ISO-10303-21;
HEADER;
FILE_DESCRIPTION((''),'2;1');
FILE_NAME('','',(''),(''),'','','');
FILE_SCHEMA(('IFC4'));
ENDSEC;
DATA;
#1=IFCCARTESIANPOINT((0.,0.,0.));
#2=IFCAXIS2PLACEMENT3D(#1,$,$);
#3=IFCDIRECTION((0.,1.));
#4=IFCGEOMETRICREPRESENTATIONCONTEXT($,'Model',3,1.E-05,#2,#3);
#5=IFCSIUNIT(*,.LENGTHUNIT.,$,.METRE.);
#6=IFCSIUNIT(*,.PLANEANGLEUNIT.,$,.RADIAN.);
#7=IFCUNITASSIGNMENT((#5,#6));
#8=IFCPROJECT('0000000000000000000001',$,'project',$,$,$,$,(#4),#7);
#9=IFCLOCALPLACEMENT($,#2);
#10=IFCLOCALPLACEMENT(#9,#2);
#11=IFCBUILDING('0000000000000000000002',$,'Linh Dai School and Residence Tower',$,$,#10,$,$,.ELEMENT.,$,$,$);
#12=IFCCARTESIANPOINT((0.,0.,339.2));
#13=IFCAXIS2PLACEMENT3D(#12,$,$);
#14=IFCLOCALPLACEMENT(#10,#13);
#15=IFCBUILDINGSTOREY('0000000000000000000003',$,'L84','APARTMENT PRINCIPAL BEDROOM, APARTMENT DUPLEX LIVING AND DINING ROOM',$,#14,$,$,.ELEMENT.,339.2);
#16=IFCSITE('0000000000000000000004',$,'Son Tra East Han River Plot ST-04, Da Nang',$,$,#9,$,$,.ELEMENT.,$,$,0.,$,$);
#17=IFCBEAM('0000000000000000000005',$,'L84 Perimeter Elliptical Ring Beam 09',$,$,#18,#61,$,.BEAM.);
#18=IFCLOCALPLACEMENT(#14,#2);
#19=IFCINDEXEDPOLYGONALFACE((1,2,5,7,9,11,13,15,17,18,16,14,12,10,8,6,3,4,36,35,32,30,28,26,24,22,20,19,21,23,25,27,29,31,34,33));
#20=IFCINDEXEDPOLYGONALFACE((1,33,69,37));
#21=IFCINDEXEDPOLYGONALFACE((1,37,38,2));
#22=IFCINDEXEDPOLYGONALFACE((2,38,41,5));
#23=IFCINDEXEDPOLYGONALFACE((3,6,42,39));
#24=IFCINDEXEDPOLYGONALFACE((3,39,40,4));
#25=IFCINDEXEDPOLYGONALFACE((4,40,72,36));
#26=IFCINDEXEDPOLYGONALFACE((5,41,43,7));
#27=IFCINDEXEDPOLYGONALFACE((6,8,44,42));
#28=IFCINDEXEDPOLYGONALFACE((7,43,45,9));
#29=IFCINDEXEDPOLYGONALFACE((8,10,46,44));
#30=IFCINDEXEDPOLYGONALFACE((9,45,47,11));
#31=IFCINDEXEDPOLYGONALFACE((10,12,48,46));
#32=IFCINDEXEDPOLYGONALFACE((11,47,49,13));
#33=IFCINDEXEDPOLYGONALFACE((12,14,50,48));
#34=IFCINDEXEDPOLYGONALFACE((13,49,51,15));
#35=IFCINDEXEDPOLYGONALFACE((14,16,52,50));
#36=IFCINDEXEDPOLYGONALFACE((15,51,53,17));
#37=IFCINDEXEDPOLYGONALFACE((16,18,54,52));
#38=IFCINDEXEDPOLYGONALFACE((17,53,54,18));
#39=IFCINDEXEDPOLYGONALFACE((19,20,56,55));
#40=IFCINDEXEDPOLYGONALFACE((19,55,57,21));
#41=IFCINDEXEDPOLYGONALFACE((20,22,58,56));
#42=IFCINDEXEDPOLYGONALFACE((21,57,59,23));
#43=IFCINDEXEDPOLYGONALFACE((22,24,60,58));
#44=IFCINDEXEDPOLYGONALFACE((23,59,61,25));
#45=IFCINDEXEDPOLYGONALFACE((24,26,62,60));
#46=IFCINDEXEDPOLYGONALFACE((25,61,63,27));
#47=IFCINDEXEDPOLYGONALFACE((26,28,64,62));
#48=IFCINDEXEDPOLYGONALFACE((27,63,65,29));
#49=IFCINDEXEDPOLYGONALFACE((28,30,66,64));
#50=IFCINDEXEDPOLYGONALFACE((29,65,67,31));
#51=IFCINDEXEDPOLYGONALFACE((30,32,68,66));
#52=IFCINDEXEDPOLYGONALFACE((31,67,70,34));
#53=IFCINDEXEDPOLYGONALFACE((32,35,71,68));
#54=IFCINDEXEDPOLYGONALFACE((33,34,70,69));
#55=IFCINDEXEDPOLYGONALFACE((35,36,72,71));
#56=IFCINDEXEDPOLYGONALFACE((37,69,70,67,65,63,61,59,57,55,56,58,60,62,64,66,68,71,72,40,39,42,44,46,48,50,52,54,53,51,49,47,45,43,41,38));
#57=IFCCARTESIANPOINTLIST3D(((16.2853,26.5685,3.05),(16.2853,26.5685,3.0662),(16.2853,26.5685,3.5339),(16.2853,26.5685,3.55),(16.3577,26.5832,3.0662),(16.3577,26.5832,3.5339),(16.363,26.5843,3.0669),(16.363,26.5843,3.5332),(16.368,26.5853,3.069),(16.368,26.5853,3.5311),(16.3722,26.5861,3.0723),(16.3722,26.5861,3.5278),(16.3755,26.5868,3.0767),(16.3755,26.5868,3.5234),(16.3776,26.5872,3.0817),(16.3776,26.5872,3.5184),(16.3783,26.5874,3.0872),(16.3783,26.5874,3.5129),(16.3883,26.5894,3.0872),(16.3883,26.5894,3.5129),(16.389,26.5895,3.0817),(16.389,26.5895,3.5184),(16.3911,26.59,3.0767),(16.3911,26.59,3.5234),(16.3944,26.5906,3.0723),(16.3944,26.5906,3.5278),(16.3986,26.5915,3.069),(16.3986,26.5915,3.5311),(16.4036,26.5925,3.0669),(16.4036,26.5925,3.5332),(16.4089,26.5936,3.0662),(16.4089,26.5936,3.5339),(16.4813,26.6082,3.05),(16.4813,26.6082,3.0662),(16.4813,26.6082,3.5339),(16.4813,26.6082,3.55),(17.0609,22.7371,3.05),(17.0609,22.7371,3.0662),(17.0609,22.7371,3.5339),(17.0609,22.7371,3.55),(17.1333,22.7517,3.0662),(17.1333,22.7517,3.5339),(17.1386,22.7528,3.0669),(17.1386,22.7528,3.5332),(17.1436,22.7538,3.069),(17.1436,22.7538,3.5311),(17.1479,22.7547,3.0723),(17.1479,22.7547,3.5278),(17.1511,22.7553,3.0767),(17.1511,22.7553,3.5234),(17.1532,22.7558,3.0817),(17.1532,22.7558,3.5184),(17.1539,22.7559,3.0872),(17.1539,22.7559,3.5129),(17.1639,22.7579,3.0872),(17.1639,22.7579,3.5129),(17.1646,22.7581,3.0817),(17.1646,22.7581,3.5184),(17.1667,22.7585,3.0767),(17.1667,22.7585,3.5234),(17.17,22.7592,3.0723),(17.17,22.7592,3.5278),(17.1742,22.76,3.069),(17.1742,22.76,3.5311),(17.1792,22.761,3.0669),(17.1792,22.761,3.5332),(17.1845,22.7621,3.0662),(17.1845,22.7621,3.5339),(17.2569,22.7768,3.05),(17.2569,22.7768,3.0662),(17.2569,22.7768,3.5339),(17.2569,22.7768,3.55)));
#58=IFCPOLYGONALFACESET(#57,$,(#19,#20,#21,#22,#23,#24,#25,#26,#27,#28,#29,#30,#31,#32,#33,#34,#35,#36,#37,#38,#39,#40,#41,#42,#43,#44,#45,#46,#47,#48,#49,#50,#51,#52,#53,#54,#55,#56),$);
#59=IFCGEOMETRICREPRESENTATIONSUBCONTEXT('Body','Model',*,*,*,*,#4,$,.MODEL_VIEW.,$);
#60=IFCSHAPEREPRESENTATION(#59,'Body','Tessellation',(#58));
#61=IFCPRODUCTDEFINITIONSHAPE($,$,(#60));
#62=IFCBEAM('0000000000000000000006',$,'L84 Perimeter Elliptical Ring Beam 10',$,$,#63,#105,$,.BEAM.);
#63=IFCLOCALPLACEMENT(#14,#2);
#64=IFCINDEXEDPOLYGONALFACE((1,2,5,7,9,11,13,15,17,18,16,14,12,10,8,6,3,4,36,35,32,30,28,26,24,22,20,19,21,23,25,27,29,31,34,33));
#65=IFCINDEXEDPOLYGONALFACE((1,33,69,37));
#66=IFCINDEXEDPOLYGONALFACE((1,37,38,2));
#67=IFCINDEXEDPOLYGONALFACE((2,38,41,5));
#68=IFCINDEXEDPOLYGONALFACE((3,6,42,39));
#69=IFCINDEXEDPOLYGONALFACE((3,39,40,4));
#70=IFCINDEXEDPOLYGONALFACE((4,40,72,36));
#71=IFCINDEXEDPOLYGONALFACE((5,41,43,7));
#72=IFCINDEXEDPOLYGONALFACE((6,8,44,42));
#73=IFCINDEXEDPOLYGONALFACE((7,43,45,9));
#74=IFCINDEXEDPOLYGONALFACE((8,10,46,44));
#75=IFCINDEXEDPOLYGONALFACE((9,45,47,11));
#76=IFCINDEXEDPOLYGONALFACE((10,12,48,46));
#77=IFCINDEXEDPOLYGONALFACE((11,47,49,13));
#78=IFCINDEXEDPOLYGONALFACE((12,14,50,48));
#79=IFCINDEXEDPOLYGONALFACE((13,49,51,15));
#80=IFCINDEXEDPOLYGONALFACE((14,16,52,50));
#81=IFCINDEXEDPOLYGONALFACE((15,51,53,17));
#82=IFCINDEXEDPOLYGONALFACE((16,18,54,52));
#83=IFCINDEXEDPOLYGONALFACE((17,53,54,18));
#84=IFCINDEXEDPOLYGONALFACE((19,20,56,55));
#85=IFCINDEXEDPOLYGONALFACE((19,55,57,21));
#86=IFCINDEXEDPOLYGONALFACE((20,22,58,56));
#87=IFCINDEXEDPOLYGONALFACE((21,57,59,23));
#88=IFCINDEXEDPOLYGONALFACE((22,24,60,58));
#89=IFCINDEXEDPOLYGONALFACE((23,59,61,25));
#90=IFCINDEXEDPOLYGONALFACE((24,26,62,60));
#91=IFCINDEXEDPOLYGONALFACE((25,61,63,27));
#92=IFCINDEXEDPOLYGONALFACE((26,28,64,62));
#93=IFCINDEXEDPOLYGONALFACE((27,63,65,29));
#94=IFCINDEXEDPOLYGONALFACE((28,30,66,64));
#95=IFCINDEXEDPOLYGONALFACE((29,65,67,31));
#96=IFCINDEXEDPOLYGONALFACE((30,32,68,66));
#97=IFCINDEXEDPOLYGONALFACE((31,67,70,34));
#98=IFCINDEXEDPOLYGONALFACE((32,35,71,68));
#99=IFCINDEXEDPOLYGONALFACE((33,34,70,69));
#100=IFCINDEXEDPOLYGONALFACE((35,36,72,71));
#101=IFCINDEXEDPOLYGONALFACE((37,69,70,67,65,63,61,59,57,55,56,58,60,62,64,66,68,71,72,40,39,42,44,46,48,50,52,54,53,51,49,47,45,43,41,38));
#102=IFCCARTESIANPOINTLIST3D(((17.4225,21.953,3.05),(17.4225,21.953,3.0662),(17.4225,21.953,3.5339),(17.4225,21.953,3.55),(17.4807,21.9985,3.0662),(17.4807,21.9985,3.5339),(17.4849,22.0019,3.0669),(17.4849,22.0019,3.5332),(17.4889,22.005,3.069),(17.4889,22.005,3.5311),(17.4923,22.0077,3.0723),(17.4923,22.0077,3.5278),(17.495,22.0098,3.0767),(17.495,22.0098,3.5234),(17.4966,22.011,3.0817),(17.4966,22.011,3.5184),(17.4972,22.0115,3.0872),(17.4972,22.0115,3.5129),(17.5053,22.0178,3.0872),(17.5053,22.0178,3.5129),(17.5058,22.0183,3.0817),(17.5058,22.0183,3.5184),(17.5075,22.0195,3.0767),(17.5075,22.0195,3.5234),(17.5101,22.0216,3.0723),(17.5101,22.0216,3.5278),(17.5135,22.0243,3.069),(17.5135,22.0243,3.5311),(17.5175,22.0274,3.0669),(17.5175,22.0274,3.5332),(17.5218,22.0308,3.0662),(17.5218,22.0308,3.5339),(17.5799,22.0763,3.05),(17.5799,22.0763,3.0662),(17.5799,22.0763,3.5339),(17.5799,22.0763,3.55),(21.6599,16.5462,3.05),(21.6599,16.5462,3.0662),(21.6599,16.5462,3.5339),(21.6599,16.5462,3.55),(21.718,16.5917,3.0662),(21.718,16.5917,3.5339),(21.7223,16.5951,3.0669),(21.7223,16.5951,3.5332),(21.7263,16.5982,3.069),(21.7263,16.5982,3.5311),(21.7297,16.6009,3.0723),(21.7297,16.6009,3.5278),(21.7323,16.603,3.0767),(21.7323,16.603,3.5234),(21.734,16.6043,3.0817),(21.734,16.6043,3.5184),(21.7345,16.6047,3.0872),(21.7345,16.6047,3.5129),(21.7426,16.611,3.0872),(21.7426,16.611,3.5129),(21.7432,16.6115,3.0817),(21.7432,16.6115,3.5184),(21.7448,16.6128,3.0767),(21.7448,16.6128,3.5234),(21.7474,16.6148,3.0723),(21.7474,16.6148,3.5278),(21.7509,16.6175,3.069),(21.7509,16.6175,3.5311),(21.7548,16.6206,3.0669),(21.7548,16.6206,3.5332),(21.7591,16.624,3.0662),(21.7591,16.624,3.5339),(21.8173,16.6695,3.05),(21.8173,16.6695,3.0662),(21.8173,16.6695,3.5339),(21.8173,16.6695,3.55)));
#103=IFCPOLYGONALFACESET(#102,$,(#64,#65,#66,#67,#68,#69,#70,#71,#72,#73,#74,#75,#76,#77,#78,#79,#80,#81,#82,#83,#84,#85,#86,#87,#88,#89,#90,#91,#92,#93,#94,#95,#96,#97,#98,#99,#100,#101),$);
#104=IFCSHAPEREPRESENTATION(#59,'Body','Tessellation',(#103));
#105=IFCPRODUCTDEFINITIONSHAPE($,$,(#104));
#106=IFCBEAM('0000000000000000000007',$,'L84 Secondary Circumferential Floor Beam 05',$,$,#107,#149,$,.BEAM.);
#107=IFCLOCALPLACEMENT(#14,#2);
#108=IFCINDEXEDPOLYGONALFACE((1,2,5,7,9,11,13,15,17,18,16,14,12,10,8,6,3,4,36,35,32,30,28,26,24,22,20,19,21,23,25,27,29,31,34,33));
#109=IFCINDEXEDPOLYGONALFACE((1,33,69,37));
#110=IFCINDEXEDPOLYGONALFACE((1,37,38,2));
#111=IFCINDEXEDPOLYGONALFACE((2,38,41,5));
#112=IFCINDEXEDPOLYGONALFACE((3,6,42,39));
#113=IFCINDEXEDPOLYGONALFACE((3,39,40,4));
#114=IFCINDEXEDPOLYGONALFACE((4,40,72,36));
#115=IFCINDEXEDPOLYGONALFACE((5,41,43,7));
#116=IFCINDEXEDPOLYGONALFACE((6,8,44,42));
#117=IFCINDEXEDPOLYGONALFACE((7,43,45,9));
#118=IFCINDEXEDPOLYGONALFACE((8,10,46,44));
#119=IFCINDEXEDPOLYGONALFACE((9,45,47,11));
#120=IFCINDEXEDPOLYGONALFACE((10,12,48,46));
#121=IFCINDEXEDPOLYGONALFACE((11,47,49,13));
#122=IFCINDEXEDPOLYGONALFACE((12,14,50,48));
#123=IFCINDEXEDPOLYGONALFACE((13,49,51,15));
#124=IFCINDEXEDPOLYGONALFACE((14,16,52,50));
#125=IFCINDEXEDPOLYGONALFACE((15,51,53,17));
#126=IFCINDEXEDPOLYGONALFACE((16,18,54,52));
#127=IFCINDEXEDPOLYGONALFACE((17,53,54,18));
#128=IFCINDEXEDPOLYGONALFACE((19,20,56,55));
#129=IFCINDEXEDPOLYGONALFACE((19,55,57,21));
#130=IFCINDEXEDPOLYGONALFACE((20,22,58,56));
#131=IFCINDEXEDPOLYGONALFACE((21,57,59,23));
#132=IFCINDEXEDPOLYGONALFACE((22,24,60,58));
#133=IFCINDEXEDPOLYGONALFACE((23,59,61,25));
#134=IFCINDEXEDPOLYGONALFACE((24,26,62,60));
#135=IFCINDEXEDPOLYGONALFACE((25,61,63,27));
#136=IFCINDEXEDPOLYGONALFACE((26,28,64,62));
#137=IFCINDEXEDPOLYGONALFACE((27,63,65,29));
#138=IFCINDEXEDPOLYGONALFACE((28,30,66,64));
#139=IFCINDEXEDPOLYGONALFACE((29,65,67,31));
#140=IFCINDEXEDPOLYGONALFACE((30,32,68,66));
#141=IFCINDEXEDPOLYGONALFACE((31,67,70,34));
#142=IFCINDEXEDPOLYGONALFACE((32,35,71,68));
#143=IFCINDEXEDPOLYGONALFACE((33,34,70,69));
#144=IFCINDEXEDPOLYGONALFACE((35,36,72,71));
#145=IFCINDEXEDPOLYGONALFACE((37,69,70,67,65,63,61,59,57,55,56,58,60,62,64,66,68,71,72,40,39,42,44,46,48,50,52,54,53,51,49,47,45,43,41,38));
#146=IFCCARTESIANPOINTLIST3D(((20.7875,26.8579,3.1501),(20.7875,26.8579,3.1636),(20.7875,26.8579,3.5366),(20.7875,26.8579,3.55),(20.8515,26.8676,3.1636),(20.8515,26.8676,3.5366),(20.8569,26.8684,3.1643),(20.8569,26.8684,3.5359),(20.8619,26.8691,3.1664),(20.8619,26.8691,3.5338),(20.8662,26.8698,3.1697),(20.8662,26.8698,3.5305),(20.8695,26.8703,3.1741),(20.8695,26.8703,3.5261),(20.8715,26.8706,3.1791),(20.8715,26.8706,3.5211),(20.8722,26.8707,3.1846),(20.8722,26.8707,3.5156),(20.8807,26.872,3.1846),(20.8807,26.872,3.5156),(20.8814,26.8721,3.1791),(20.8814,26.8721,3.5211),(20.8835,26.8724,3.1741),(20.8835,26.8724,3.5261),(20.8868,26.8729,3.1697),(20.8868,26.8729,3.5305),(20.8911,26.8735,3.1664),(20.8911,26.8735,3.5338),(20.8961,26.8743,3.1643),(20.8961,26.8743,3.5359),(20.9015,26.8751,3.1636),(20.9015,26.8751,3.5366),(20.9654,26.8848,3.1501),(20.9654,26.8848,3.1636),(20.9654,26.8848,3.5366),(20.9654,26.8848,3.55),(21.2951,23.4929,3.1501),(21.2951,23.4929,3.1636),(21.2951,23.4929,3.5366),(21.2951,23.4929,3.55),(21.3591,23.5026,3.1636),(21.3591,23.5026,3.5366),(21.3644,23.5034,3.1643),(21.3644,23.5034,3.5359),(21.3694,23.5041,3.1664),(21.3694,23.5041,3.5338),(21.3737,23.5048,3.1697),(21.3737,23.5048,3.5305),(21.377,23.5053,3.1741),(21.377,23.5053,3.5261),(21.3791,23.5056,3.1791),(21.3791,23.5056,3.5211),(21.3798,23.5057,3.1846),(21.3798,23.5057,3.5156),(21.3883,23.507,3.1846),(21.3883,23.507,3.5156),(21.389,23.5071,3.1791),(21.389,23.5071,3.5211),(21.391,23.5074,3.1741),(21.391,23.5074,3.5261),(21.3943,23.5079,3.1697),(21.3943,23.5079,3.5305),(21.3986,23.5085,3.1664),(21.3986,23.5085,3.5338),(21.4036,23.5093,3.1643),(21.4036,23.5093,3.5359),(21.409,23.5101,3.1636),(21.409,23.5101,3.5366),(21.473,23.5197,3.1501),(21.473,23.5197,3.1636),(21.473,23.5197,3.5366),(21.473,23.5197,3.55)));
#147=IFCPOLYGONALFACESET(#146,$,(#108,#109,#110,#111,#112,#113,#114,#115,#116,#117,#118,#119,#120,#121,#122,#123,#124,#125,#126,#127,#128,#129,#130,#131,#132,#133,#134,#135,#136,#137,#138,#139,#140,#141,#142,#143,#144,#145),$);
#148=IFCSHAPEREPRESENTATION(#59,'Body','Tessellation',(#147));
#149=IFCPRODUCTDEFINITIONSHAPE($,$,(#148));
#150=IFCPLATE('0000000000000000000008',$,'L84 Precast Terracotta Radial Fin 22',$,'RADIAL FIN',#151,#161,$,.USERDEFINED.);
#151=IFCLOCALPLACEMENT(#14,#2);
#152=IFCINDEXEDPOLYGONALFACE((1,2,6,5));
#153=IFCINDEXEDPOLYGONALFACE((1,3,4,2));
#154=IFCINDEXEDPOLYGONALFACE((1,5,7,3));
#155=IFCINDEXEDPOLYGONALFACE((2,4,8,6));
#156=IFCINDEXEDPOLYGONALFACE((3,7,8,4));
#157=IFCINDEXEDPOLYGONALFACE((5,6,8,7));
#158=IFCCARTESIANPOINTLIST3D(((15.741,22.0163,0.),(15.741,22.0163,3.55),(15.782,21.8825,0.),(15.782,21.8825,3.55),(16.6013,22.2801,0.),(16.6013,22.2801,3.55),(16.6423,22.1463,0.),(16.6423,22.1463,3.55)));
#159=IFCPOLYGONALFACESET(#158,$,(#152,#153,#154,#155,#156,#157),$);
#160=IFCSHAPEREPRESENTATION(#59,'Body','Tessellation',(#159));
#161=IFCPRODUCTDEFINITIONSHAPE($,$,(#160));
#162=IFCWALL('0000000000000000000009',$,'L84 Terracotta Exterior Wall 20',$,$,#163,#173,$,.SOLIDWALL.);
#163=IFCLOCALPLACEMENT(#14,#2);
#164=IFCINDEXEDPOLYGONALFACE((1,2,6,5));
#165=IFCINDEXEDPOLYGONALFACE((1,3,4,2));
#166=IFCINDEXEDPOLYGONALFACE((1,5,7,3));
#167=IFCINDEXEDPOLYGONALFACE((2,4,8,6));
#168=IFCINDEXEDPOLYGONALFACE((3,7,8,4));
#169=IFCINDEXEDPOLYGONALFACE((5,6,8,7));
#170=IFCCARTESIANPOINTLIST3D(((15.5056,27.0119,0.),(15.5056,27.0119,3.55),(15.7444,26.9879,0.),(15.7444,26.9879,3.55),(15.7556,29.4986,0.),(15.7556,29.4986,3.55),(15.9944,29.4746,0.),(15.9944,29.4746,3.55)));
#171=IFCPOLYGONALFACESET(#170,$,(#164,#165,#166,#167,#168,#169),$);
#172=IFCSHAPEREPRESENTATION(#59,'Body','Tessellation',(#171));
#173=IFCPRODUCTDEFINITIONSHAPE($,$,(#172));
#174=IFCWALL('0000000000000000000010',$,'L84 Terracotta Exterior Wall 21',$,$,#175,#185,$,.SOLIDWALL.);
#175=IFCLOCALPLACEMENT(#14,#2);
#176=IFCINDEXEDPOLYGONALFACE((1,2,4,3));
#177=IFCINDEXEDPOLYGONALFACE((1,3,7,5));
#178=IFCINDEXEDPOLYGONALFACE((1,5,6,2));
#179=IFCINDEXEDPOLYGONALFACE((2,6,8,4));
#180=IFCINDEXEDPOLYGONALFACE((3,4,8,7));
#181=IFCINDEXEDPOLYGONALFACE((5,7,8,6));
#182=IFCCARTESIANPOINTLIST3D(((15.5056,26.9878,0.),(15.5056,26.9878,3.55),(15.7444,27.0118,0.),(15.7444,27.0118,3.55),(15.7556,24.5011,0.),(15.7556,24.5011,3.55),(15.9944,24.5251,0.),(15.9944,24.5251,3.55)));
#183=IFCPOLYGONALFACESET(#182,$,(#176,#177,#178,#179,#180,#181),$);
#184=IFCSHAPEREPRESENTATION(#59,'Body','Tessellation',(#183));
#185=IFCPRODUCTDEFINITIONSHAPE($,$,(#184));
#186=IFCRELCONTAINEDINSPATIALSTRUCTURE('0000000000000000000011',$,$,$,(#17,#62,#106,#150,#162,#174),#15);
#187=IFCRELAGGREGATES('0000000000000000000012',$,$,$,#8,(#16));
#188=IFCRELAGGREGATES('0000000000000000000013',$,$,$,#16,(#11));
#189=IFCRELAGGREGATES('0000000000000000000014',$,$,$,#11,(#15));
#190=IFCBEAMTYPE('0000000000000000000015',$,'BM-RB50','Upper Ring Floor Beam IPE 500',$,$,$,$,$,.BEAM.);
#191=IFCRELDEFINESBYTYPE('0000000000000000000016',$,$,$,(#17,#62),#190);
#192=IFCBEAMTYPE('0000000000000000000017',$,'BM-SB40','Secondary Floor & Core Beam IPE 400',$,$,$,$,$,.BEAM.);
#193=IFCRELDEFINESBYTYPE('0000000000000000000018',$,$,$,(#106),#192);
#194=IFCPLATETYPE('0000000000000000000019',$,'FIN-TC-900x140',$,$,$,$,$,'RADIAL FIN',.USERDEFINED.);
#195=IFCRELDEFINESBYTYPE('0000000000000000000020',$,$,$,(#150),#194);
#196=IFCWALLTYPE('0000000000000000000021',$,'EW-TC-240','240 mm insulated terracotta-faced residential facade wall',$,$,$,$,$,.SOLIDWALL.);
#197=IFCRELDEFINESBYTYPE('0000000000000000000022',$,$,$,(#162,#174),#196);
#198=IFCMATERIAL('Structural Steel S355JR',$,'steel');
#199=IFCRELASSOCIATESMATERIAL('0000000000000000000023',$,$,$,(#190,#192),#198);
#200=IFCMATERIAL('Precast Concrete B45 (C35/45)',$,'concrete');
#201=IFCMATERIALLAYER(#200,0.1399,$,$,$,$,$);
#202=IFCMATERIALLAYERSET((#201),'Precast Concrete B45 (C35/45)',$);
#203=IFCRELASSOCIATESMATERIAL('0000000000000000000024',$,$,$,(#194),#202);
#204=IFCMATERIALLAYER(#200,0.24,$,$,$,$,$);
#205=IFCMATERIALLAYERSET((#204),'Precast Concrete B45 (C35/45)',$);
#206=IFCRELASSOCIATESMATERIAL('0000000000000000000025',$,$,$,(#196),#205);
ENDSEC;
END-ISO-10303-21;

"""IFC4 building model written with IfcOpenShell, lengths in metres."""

from ifc_helpers import new_model, si_unit, direction, frame, frame_2d, origin, origin_2d, place, context, subcontext, project, spatial, rectangle, i_section, extrude, source, transform, mapped, material, layer, layer_set, material_profile, profile_set, type_object, element, save


model = new_model("IFC4")

# Units and contexts
model_context = context("Model", 3, precision=1e-05, world=origin(), true_north=direction((0.0, 1.0)))
body_context = subcontext(model_context, "Body", "Model", "MODEL_VIEW")
ifc_project = project(units=[si_unit("LENGTHUNIT", "METRE"), si_unit("PLANEANGLEUNIT", "RADIAN")], contexts=[model_context])

# Site, building, storey
site_placement = place(None, origin())
site = spatial("IfcSite", under=ifc_project, at=site_placement, Name="Son Tra East Han River Plot ST-04, Da Nang", CompositionType="ELEMENT", RefElevation=0.0)
building_placement = place(site_placement, origin())
building = spatial("IfcBuilding", under=site, at=building_placement, Name="Linh Dai School and Residence Tower", CompositionType="ELEMENT")
storey_placement = place(building_placement, frame((0.0, 0.0, 339.2)))
storey = spatial("IfcBuildingStorey", under=building, at=storey_placement, Name="L84", Description="APARTMENT PRINCIPAL BEDROOM, APARTMENT DUPLEX LIVING AND DINING ROOM", CompositionType="ELEMENT", Elevation=339.2)

# Shared definitions
ifc_material_1 = material(Name="Structural Steel S355JR", Category="steel")

# Beams
ifc_material_profile_1 = material_profile(ifc_material_1, i_section(OverallWidth=0.2, OverallDepth=0.5, WebThickness=0.0103, FlangeThickness=0.0161, FilletRadius=0.021, at=origin_2d()), Name="IPE 500")
ifc_profile_set_1 = profile_set([ifc_material_profile_1], Name="Structural Steel S355JR")
beam_type_1 = type_object("IfcBeamType", Name="BM-RB50", Description="Upper Ring Floor Beam IPE 500", PredefinedType="BEAM", material=ifc_profile_set_1)
beam_1_placement = place(storey_placement, frame((16.3833, 26.5884, 3.3), z_axis=(0.19841, -0.980119, 0.0), x_axis=(0.980119, 0.19841, 0.0)))
element("IfcBeam", 1, at=beam_1_placement, inside=storey, type_object=beam_type_1, Name="L84 Perimeter Elliptical Ring Beam 09", PredefinedType="BEAM", context=body_context, shape_type="SweptSolid", body=[
    extrude(i_section(OverallWidth=0.2, OverallDepth=0.5, WebThickness=0.0103, FlangeThickness=0.0161, FilletRadius=0.021, at=origin_2d()), origin(), (0.0, 0.0, 1.0), 3.9092),
])
beam_2_placement = place(storey_placement, frame((17.5012, 22.0146, 3.3), z_axis=(0.616845, -0.787085, 0.0), x_axis=(0.787085, 0.616845, 0.0)))
element("IfcBeam", 2, at=beam_2_placement, inside=storey, type_object=beam_type_1, Name="L84 Perimeter Elliptical Ring Beam 10", PredefinedType="BEAM", context=body_context, shape_type="SweptSolid", body=[
    extrude(i_section(OverallWidth=0.2, OverallDepth=0.5, WebThickness=0.0103, FlangeThickness=0.0161, FilletRadius=0.021, at=origin_2d()), origin(), (0.0, 0.0, 1.0), 6.8694),
])
ifc_material_profile_2 = material_profile(ifc_material_1, i_section(OverallWidth=0.1799, OverallDepth=0.3999, WebThickness=0.0085, FlangeThickness=0.0134, FilletRadius=0.021, at=origin_2d()), Name="IPE 400")
ifc_profile_set_2 = profile_set([ifc_material_profile_2], Name="Structural Steel S355JR")
beam_type_2 = type_object("IfcBeamType", Name="BM-SB40", Description="Secondary Floor & Core Beam IPE 400", PredefinedType="BEAM", material=ifc_profile_set_2)
beam_3_placement = place(storey_placement, frame((20.8765, 26.8713, 3.3501), z_axis=(0.149151, -0.988814, 0.0), x_axis=(0.988814, 0.149151, 0.0)))
element("IfcBeam", 3, at=beam_3_placement, inside=storey, type_object=beam_type_2, Name="L84 Secondary Circumferential Floor Beam 05", PredefinedType="BEAM", context=body_context, shape_type="SweptSolid", body=[
    extrude(i_section(OverallWidth=0.1799, OverallDepth=0.3999, WebThickness=0.0085, FlangeThickness=0.0134, FilletRadius=0.021, at=origin_2d()), origin(), (0.0, 0.0, 1.0), 3.4031),
])

# Plate
ifc_material_2 = material(Name="Precast Concrete B45 (C35/45)", Category="concrete")
ifc_layer_1 = layer(ifc_material_2, 0.1399)
ifc_layer_set_1 = layer_set([ifc_layer_1], Name="Precast Concrete B45 (C35/45)")
plate_type = type_object("IfcPlateType", Name="FIN-TC-900x140", ElementType="RADIAL FIN", PredefinedType="USERDEFINED", material=ifc_layer_set_1)
shared_shape_1 = source(origin(), body_context, "Body", "SweptSolid", [
    extrude(rectangle(XDim=0.8999, YDim=0.1399, at=origin_2d()), origin(), (0.0, 0.0, 1.0), 3.55),
])
plate_placement = place(storey_placement, frame((16.1917, 22.0813, 0.0), z_axis=(0.0, 0.0, 1.0), x_axis=(-0.956083, -0.293095, 0.0)))
element("IfcPlate", 4, at=plate_placement, inside=storey, type_object=plate_type, Name="L84 Precast Terracotta Radial Fin 22", ObjectType="RADIAL FIN", PredefinedType="USERDEFINED", context=body_context, shape_type="MappedRepresentation", body=[
    mapped(shared_shape_1, transform((0.0, 0.0, 0.0), x_axis=(1.0, 0.0, 0.0), y_axis=(0.0, 1.0, 0.0), z_axis=(0.0, 0.0, 1.0), scale=1.0)),
])

# Walls
ifc_layer_2 = layer(ifc_material_2, 0.24)
ifc_layer_set_2 = layer_set([ifc_layer_2], Name="Precast Concrete B45 (C35/45)")
wall_type_1 = type_object("IfcWallType", Name="EW-TC-240", Description="240 mm insulated terracotta-faced residential facade wall", PredefinedType="SOLIDWALL", material=ifc_layer_set_2)
for number, where, z_axis, x_axis, name in (
    (5, (15.625, 27.0, 0.0), (0.0, 0.0, 1.0), (0.100026, 0.994985, 0.0), "L84 Terracotta Exterior Wall 20"),
    (6, (15.875, 24.5132, 0.0), (0.0, 0.0, 1.0), (-0.100026, 0.994985, 0.0), "L84 Terracotta Exterior Wall 21"),
):
    element("IfcWall", number, at=place(storey_placement, frame(where, z_axis=z_axis, x_axis=x_axis)), inside=storey, type_object=wall_type_1, Name=name, PredefinedType="SOLIDWALL", context=body_context, shape_type="SweptSolid", body=[
        extrude(rectangle(XDim=2.4993, YDim=0.24, at=frame_2d((1.2495, 0.0))), origin(), (0.0, 0.0, 1.0), 3.55),
    ])

save(model, "model.ifc")
